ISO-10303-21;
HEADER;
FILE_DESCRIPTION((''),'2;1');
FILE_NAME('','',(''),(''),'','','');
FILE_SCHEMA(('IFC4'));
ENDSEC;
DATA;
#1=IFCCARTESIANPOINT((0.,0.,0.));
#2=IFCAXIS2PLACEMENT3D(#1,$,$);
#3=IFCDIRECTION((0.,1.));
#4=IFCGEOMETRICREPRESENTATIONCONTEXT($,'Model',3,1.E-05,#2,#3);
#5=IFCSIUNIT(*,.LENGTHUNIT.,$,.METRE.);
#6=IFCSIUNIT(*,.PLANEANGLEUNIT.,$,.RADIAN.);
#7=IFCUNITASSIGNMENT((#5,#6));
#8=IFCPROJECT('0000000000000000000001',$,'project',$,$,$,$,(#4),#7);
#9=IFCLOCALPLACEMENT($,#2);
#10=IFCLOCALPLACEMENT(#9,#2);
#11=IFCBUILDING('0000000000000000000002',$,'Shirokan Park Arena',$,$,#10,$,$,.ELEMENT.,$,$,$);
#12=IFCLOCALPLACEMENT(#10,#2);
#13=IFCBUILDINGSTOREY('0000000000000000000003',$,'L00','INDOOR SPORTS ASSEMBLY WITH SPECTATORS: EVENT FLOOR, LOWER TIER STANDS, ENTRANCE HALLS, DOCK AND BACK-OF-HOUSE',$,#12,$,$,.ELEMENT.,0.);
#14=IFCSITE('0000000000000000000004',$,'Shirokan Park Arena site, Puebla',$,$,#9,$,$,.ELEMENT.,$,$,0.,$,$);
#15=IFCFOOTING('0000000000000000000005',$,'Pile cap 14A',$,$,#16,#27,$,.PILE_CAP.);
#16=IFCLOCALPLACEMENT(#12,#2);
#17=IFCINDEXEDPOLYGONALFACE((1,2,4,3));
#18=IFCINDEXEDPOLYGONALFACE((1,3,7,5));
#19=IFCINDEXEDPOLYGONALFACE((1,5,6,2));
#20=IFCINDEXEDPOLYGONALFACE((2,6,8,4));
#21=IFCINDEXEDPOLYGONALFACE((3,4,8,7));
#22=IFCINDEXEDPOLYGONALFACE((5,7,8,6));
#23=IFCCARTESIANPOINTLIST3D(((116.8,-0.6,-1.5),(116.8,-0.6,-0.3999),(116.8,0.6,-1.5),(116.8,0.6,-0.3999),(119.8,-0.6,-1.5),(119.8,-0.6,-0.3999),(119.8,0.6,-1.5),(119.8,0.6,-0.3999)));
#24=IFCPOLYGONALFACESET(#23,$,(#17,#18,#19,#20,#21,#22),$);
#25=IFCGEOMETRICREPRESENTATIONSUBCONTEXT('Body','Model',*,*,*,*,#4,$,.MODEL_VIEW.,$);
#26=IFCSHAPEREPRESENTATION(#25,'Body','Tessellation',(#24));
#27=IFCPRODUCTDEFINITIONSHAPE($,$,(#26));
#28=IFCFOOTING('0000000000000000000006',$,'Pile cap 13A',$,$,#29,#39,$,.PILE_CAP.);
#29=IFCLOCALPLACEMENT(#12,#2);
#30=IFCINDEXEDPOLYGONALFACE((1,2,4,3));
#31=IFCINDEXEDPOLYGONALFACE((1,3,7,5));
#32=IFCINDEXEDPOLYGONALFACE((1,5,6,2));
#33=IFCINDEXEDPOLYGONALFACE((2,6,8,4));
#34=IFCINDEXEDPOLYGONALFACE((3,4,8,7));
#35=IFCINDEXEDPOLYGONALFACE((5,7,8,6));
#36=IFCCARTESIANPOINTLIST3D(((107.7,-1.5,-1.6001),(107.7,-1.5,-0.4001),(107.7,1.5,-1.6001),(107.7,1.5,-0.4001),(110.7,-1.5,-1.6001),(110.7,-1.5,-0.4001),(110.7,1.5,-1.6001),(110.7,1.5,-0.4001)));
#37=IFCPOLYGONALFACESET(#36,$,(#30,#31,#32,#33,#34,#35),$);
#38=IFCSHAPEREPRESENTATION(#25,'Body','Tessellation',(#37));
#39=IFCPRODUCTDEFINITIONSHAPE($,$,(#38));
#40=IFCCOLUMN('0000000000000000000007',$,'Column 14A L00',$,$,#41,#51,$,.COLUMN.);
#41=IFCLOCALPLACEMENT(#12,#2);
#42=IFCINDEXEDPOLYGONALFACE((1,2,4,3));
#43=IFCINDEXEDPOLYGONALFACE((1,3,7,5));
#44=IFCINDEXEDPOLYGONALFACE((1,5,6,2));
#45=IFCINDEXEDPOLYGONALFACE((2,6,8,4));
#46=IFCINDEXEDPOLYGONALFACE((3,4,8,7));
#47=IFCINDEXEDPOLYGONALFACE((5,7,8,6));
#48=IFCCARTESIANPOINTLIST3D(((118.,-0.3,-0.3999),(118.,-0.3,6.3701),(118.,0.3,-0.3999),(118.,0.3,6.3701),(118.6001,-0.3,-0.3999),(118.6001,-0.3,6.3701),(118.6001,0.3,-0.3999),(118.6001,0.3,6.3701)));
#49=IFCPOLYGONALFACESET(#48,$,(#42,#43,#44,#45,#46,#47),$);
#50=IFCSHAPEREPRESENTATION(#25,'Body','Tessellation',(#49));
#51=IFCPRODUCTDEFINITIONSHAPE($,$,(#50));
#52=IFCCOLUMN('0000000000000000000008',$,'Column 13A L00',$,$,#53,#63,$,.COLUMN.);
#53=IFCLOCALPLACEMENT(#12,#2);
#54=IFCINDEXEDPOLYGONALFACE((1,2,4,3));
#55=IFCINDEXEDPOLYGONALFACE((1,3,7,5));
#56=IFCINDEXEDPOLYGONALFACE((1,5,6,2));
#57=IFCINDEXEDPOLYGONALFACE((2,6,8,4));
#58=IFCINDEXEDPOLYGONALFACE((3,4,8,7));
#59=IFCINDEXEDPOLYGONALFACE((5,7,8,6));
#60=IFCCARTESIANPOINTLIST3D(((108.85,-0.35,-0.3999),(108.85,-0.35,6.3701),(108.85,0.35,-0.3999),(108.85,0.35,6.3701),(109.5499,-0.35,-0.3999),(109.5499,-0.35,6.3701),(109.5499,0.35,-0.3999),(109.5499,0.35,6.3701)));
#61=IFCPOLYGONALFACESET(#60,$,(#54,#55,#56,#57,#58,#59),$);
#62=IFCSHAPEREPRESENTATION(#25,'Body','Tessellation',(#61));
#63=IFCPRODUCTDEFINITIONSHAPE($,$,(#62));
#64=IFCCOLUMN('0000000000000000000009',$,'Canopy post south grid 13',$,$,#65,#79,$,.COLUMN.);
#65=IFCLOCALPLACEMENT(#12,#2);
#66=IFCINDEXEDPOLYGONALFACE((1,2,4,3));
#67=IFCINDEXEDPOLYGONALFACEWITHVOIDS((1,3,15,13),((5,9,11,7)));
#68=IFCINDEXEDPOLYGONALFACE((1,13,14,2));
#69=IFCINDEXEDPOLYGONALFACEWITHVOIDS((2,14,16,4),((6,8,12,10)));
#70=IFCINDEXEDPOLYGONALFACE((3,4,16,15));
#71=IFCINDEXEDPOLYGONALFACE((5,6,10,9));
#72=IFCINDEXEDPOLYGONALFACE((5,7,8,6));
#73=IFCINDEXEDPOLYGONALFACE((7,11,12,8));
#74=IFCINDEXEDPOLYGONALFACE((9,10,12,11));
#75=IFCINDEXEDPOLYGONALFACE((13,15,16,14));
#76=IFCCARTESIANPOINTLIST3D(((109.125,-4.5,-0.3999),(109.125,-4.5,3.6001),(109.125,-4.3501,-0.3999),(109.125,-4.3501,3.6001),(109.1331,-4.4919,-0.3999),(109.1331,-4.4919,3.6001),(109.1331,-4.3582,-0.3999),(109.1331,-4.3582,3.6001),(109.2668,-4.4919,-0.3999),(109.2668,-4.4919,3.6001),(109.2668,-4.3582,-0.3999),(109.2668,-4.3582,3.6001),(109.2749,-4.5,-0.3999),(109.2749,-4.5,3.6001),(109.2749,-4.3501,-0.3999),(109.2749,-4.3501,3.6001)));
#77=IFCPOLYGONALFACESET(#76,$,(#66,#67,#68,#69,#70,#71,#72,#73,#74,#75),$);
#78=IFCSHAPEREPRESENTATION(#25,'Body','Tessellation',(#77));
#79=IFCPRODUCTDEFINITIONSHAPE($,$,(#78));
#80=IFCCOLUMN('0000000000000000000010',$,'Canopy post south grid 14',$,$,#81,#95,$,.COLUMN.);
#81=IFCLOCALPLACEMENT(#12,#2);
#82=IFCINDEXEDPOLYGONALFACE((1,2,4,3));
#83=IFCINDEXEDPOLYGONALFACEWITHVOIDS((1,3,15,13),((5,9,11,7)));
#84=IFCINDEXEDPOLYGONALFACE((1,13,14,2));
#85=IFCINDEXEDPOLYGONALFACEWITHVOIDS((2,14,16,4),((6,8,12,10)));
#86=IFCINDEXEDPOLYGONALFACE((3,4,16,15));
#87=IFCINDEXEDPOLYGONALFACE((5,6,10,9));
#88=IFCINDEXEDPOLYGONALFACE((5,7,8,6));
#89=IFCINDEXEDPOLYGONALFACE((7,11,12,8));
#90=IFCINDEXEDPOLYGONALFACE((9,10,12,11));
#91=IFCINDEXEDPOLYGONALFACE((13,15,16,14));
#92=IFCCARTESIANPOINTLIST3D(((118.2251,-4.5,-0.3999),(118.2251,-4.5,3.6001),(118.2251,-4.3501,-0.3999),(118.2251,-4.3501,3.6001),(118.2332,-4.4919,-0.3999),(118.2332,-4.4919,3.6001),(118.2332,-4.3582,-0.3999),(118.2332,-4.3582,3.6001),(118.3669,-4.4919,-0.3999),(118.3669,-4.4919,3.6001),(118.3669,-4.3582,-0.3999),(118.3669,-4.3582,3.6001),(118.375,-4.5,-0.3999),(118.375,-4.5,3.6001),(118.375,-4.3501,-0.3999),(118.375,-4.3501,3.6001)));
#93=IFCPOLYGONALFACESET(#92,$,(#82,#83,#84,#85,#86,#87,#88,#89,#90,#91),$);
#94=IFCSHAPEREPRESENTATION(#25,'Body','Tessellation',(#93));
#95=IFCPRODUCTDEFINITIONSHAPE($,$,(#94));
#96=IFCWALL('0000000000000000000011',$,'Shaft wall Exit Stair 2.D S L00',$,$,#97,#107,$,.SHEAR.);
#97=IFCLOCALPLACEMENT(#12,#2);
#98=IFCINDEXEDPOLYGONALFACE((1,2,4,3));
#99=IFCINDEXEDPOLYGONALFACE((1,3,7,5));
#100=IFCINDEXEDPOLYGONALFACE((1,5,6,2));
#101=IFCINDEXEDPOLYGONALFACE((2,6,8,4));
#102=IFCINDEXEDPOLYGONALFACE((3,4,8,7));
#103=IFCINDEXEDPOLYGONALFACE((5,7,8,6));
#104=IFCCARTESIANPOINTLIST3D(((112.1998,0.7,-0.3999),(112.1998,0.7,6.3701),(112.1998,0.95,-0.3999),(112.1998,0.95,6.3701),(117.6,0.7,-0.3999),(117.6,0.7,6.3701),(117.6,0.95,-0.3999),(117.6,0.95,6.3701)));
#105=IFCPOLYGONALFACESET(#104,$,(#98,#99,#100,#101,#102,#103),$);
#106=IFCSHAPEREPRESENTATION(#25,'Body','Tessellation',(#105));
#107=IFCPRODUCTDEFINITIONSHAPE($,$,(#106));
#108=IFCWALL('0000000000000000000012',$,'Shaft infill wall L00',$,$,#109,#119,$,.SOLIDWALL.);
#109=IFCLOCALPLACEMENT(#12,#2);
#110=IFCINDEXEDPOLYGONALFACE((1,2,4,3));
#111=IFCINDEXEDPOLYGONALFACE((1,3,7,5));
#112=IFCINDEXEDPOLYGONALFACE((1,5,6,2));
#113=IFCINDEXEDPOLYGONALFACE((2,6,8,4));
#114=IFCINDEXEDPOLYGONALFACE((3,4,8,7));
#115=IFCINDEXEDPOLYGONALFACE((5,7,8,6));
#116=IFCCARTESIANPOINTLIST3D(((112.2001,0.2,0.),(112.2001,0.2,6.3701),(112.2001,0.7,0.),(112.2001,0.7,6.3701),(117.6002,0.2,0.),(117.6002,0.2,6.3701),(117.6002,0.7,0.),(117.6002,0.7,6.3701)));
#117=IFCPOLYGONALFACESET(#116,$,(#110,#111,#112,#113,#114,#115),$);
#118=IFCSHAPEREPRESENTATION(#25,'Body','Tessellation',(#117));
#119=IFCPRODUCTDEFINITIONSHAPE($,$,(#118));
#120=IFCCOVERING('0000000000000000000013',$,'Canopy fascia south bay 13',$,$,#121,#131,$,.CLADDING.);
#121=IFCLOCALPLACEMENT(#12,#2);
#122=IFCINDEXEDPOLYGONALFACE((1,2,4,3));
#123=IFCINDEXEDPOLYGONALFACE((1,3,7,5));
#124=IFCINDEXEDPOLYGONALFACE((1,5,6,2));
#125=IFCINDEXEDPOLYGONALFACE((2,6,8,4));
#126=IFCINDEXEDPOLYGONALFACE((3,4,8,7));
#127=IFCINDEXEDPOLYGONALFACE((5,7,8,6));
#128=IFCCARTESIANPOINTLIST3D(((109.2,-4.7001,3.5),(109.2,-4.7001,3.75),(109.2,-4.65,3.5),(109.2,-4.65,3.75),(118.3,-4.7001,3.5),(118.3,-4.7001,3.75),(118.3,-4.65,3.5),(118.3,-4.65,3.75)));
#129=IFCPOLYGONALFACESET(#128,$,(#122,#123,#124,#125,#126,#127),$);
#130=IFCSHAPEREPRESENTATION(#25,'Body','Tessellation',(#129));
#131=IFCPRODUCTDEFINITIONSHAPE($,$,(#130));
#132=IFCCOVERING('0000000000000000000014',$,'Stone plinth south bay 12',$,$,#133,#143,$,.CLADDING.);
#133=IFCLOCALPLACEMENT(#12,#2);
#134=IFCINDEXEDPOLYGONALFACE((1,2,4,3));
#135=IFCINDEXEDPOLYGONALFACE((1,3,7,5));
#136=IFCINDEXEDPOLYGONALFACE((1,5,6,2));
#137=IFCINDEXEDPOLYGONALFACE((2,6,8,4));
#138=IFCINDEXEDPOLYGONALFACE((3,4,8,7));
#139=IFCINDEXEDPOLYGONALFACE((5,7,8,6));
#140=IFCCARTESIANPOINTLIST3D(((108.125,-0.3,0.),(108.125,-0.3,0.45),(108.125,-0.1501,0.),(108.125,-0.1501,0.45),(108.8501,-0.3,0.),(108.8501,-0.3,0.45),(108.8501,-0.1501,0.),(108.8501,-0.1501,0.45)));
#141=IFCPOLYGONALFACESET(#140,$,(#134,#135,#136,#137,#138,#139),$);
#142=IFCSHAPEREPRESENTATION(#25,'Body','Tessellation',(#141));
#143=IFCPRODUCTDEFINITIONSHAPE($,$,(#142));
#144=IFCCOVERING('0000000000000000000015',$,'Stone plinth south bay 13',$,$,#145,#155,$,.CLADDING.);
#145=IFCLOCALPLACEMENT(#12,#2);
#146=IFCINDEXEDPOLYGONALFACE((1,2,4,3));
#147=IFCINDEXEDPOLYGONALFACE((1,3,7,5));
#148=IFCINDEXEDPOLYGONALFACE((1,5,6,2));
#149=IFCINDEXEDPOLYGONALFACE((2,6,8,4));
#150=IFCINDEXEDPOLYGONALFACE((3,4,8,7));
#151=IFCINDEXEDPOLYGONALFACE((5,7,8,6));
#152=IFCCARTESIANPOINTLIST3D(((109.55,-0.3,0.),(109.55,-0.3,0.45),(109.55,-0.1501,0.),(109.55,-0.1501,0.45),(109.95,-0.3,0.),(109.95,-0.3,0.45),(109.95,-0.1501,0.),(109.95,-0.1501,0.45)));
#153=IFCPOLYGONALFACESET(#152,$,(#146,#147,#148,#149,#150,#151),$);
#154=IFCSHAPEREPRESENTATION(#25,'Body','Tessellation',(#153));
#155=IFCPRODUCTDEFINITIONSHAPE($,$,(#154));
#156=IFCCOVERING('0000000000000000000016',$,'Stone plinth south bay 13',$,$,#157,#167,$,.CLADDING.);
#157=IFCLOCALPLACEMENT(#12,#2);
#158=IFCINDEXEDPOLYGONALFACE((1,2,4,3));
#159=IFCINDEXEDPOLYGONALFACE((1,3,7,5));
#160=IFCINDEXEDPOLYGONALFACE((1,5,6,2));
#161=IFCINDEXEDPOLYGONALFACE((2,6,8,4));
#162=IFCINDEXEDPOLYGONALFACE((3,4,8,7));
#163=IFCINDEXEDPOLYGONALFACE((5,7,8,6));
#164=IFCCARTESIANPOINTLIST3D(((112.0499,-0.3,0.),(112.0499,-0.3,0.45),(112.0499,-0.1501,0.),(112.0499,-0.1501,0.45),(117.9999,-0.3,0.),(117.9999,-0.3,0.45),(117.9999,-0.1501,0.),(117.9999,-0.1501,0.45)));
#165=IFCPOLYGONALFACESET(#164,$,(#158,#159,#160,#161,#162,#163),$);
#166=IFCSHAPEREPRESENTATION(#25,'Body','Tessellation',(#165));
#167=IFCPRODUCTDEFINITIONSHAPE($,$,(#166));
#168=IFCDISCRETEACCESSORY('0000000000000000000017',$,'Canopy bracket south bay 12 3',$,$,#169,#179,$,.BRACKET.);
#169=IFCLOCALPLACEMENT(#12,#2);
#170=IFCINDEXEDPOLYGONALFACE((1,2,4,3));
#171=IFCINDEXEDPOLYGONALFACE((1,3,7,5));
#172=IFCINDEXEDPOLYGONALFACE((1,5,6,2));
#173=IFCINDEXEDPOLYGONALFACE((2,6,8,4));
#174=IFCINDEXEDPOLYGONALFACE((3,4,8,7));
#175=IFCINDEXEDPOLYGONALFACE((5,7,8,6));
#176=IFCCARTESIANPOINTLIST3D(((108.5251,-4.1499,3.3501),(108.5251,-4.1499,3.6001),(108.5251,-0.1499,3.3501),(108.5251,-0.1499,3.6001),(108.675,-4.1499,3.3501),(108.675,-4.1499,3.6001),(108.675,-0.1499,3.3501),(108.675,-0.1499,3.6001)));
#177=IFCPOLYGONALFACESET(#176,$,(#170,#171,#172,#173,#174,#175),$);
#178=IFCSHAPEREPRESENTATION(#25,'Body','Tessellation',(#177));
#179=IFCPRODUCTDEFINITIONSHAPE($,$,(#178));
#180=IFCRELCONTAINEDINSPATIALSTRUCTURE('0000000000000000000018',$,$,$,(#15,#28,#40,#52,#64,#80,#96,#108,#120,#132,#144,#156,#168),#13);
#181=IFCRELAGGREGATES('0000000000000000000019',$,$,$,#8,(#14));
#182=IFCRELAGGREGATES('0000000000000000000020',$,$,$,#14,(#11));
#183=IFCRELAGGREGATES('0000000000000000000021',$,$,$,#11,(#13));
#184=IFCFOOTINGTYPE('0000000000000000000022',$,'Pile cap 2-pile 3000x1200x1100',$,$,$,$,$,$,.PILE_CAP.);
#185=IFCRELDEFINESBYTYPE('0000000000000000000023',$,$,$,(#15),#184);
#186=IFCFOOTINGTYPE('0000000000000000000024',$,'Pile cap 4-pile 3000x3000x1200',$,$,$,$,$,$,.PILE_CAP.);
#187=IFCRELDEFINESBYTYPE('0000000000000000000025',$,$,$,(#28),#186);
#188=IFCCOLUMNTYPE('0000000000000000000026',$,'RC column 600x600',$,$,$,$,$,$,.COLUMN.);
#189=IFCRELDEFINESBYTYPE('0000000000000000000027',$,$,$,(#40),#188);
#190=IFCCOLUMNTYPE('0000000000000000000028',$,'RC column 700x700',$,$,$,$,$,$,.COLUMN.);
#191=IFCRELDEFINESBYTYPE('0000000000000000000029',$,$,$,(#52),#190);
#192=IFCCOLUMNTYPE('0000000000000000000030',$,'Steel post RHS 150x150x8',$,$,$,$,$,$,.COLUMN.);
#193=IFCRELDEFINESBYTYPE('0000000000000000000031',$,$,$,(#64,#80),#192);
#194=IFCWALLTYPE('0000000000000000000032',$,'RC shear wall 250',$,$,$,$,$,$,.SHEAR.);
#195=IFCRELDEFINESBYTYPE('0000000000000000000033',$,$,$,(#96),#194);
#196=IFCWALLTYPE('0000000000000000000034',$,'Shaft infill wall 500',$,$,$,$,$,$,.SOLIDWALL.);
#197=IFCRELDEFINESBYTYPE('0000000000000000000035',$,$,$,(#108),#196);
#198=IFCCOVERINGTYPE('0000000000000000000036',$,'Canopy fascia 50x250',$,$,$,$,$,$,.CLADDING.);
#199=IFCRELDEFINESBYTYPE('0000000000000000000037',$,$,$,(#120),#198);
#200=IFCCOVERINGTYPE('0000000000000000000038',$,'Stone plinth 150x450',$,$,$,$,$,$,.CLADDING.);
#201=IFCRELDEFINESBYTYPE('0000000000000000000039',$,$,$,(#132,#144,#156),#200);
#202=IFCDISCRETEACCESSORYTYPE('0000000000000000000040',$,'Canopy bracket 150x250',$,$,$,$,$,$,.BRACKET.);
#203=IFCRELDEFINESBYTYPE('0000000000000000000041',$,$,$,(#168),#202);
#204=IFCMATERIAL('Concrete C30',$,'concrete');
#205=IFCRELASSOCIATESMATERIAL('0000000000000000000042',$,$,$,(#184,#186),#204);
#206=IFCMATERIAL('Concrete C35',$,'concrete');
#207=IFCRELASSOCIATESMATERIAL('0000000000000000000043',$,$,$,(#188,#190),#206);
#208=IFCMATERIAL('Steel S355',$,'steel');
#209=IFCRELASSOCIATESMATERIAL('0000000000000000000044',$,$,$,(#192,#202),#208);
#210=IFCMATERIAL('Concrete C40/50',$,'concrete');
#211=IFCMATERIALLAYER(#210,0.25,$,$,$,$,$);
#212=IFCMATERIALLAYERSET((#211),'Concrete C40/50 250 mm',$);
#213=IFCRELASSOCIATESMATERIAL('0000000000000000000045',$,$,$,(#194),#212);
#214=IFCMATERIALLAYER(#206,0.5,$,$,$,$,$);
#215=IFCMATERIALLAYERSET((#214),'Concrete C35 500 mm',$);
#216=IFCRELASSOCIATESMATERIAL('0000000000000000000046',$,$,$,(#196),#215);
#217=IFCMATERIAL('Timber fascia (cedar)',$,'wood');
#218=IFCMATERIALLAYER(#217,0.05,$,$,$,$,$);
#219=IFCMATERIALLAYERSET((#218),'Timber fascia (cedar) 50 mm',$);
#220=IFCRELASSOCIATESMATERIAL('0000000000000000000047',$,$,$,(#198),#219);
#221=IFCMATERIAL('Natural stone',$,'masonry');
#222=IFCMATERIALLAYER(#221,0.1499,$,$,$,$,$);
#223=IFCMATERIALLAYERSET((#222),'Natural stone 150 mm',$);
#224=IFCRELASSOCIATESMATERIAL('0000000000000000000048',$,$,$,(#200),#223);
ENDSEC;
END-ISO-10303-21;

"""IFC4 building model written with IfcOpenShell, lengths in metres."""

from ifc_helpers import new_model, si_unit, direction, frame, frame_2d, origin, origin_2d, place, context, subcontext, project, spatial, rectangle, hollow_rectangle, extrude, material, layer, layer_set, material_profile, profile_set, type_object, element, save


model = new_model("IFC4")

# Units and contexts
model_context = context("Model", 3, precision=1e-05, world=origin(), true_north=direction((0.0, 1.0)))
body_context = subcontext(model_context, "Body", "Model", "MODEL_VIEW")
ifc_project = project(units=[si_unit("LENGTHUNIT", "METRE"), si_unit("PLANEANGLEUNIT", "RADIAN")], contexts=[model_context])

# Site, building, storey
site_placement = place(None, origin())
site = spatial("IfcSite", under=ifc_project, at=site_placement, Name="Shirokan Park Arena site, Puebla", CompositionType="ELEMENT", RefElevation=0.0)
building_placement = place(site_placement, origin())
building = spatial("IfcBuilding", under=site, at=building_placement, Name="Shirokan Park Arena", CompositionType="ELEMENT")
storey_placement = place(building_placement, origin())
storey = spatial("IfcBuildingStorey", under=building, at=storey_placement, Name="L00", Description="INDOOR SPORTS ASSEMBLY WITH SPECTATORS: EVENT FLOOR, LOWER TIER STANDS, ENTRANCE HALLS, DOCK AND BACK-OF-HOUSE", CompositionType="ELEMENT", Elevation=0.0)

# Shared definitions
ifc_material_1 = material(Name="Concrete C30", Category="concrete")

# Footings
footing_type_1 = type_object("IfcFootingType", Name="Pile cap 2-pile 3000x1200x1100", PredefinedType="PILE_CAP", material=ifc_material_1)
footing_1_placement = place(storey_placement, frame((118.3, 0.0, -1.5), z_axis=(0.0, 0.0, 1.0), x_axis=(1.0, 0.0, 0.0)))
element("IfcFooting", 1, at=footing_1_placement, inside=storey, type_object=footing_type_1, Name="Pile cap 14A", PredefinedType="PILE_CAP", context=body_context, shape_type="SweptSolid", body=[
    extrude(rectangle(XDim=3.0, YDim=1.2, at=origin_2d()), origin(), (0.0, 0.0, 1.0), 1.1001),
])
footing_type_2 = type_object("IfcFootingType", Name="Pile cap 4-pile 3000x3000x1200", PredefinedType="PILE_CAP", material=ifc_material_1)
footing_2_placement = place(storey_placement, frame((109.2, 0.0, -1.6001), z_axis=(0.0, 0.0, 1.0), x_axis=(1.0, 0.0, 0.0)))
element("IfcFooting", 2, at=footing_2_placement, inside=storey, type_object=footing_type_2, Name="Pile cap 13A", PredefinedType="PILE_CAP", context=body_context, shape_type="SweptSolid", body=[
    extrude(rectangle(XDim=3.0, YDim=3.0, at=origin_2d()), origin(), (0.0, 0.0, 1.0), 1.2),
])

# Columns
ifc_material_2 = material(Name="Concrete C35", Category="concrete")
ifc_material_profile_1 = material_profile(ifc_material_2, rectangle(XDim=0.6001, YDim=0.6001, at=origin_2d()), Name="600x600")
ifc_profile_set_1 = profile_set([ifc_material_profile_1], Name="Concrete C35")
column_type_1 = type_object("IfcColumnType", Name="RC column 600x600", PredefinedType="COLUMN", material=ifc_profile_set_1)
column_1_placement = place(storey_placement, frame((118.3, 0.0, -0.3999), z_axis=(0.0, 0.0, 1.0), x_axis=(1.0, 0.0, 0.0)))
element("IfcColumn", 3, at=column_1_placement, inside=storey, type_object=column_type_1, Name="Column 14A L00", PredefinedType="COLUMN", context=body_context, shape_type="SweptSolid", body=[
    extrude(rectangle(XDim=0.6001, YDim=0.6001, at=origin_2d()), origin(), (0.0, 0.0, 1.0), 6.77),
])
ifc_material_profile_2 = material_profile(ifc_material_2, rectangle(XDim=0.7, YDim=0.7, at=origin_2d()), Name="700x700")
ifc_profile_set_2 = profile_set([ifc_material_profile_2], Name="Concrete C35")
column_type_2 = type_object("IfcColumnType", Name="RC column 700x700", PredefinedType="COLUMN", material=ifc_profile_set_2)
column_2_placement = place(storey_placement, frame((109.2, 0.0, -0.3999), z_axis=(0.0, 0.0, 1.0), x_axis=(1.0, 0.0, 0.0)))
element("IfcColumn", 4, at=column_2_placement, inside=storey, type_object=column_type_2, Name="Column 13A L00", PredefinedType="COLUMN", context=body_context, shape_type="SweptSolid", body=[
    extrude(rectangle(XDim=0.7, YDim=0.7, at=origin_2d()), origin(), (0.0, 0.0, 1.0), 6.77),
])
ifc_material_3 = material(Name="Steel S355", Category="steel")
ifc_material_profile_3 = material_profile(ifc_material_3, hollow_rectangle(XDim=0.1499, YDim=0.1499, WallThickness=0.0081, at=origin_2d()), Name="RHS 150x150x8")
ifc_profile_set_3 = profile_set([ifc_material_profile_3], Name="Steel S355")
column_type_3 = type_object("IfcColumnType", Name="Steel post RHS 150x150x8", PredefinedType="COLUMN", material=ifc_profile_set_3)
for number, where, z_axis, x_axis, name in (
    (5, (109.2, -4.425, -0.3999), (0.0, 0.0, 1.0), (1.0, 0.0, 0.0), "Canopy post south grid 13"),
    (6, (118.3, -4.425, -0.3999), (0.0, 0.0, 1.0), (1.0, 0.0, 0.0), "Canopy post south grid 14"),
):
    element("IfcColumn", number, at=place(storey_placement, frame(where, z_axis=z_axis, x_axis=x_axis)), inside=storey, type_object=column_type_3, Name=name, PredefinedType="COLUMN", context=body_context, shape_type="SweptSolid", body=[
        extrude(hollow_rectangle(XDim=0.1499, YDim=0.1499, WallThickness=0.0081, at=origin_2d()), origin(), (0.0, 0.0, 1.0), 4.0),
    ])

# Walls
ifc_material_4 = material(Name="Concrete C40/50", Category="concrete")
ifc_layer_1 = layer(ifc_material_4, 0.25)
ifc_layer_set_1 = layer_set([ifc_layer_1], Name="Concrete C40/50 250 mm")
wall_type_1 = type_object("IfcWallType", Name="RC shear wall 250", PredefinedType="SHEAR", material=ifc_layer_set_1)
wall_1_placement = place(storey_placement, frame((117.6001, 0.825, -0.3999), z_axis=(0.0, 0.0, 1.0), x_axis=(-1.0, 0.0, 0.0)))
element("IfcWall", 7, at=wall_1_placement, inside=storey, type_object=wall_type_1, Name="Shaft wall Exit Stair 2.D S L00", PredefinedType="SHEAR", context=body_context, shape_type="SweptSolid", body=[
    extrude(rectangle(XDim=5.4001, YDim=0.25, at=frame_2d((2.7002, 0.0))), origin(), (0.0, 0.0, 1.0), 6.77),
])
ifc_layer_2 = layer(ifc_material_2, 0.5)
ifc_layer_set_2 = layer_set([ifc_layer_2], Name="Concrete C35 500 mm")
wall_type_2 = type_object("IfcWallType", Name="Shaft infill wall 500", PredefinedType="SOLIDWALL", material=ifc_layer_set_2)
wall_2_placement = place(storey_placement, frame((112.2, 0.45, 0.0), z_axis=(0.0, 0.0, 1.0), x_axis=(1.0, 0.0, 0.0)))
element("IfcWall", 8, at=wall_2_placement, inside=storey, type_object=wall_type_2, Name="Shaft infill wall L00", PredefinedType="SOLIDWALL", context=body_context, shape_type="SweptSolid", body=[
    extrude(rectangle(XDim=5.4001, YDim=0.5, at=frame_2d((2.7002, 0.0))), origin(), (0.0, 0.0, 1.0), 6.3701),
])

# Coverings
ifc_material_5 = material(Name="Timber fascia (cedar)", Category="wood")
ifc_layer_3 = layer(ifc_material_5, 0.05)
ifc_layer_set_3 = layer_set([ifc_layer_3], Name="Timber fascia (cedar) 50 mm")
covering_type_1 = type_object("IfcCoveringType", Name="Canopy fascia 50x250", PredefinedType="CLADDING", material=ifc_layer_set_3)
covering_1_placement = place(storey_placement, frame((113.75, -4.675, 3.5), z_axis=(0.0, 0.0, 1.0), x_axis=(1.0, 0.0, 0.0)))
element("IfcCovering", 9, at=covering_1_placement, inside=storey, type_object=covering_type_1, Name="Canopy fascia south bay 13", PredefinedType="CLADDING", context=body_context, shape_type="SweptSolid", body=[
    extrude(rectangle(XDim=9.1001, YDim=0.05, at=origin_2d()), origin(), (0.0, 0.0, 1.0), 0.25),
])
ifc_material_6 = material(Name="Natural stone", Category="masonry")
ifc_layer_4 = layer(ifc_material_6, 0.1499)
ifc_layer_set_4 = layer_set([ifc_layer_4], Name="Natural stone 150 mm")
covering_type_2 = type_object("IfcCoveringType", Name="Stone plinth 150x450", PredefinedType="CLADDING", material=ifc_layer_set_4)
covering_2_placement = place(storey_placement, frame((108.4875, -0.2251, 0.0), z_axis=(0.0, 0.0, 1.0), x_axis=(1.0, 0.0, 0.0)))
element("IfcCovering", 10, at=covering_2_placement, inside=storey, type_object=covering_type_2, Name="Stone plinth south bay 12", PredefinedType="CLADDING", context=body_context, shape_type="SweptSolid", body=[
    extrude(rectangle(XDim=0.7251, YDim=0.1499, at=origin_2d()), origin(), (0.0, 0.0, 1.0), 0.45),
])
covering_3_placement = place(storey_placement, frame((109.75, -0.2251, 0.0), z_axis=(0.0, 0.0, 1.0), x_axis=(1.0, 0.0, 0.0)))
element("IfcCovering", 11, at=covering_3_placement, inside=storey, type_object=covering_type_2, Name="Stone plinth south bay 13", PredefinedType="CLADDING", context=body_context, shape_type="SweptSolid", body=[
    extrude(rectangle(XDim=0.3999, YDim=0.1499, at=origin_2d()), origin(), (0.0, 0.0, 1.0), 0.45),
])
covering_4_placement = place(storey_placement, frame((115.0249, -0.2251, 0.0), z_axis=(0.0, 0.0, 1.0), x_axis=(1.0, 0.0, 0.0)))
element("IfcCovering", 12, at=covering_4_placement, inside=storey, type_object=covering_type_2, Name="Stone plinth south bay 13", PredefinedType="CLADDING", context=body_context, shape_type="SweptSolid", body=[
    extrude(rectangle(XDim=5.95, YDim=0.1499, at=origin_2d()), origin(), (0.0, 0.0, 1.0), 0.45),
])

# Discrete accessory
discrete_accessory_type = type_object("IfcDiscreteAccessoryType", Name="Canopy bracket 150x250", PredefinedType="BRACKET", material=ifc_material_3)
for number, where, z_axis, x_axis, name in (
    (13, (108.6001, -2.1499, 3.3501), (0.0, 0.0, 1.0), (1.0, 0.0, 0.0), "Canopy bracket south bay 12 3"),
):
    element("IfcDiscreteAccessory", number, at=place(storey_placement, frame(where, z_axis=z_axis, x_axis=x_axis)), inside=storey, type_object=discrete_accessory_type, Name=name, PredefinedType="BRACKET", context=body_context, shape_type="SweptSolid", body=[
        extrude(rectangle(XDim=0.1499, YDim=4.0, at=origin_2d()), origin(), (0.0, 0.0, 1.0), 0.25),
    ])

save(model, "model.ifc")
